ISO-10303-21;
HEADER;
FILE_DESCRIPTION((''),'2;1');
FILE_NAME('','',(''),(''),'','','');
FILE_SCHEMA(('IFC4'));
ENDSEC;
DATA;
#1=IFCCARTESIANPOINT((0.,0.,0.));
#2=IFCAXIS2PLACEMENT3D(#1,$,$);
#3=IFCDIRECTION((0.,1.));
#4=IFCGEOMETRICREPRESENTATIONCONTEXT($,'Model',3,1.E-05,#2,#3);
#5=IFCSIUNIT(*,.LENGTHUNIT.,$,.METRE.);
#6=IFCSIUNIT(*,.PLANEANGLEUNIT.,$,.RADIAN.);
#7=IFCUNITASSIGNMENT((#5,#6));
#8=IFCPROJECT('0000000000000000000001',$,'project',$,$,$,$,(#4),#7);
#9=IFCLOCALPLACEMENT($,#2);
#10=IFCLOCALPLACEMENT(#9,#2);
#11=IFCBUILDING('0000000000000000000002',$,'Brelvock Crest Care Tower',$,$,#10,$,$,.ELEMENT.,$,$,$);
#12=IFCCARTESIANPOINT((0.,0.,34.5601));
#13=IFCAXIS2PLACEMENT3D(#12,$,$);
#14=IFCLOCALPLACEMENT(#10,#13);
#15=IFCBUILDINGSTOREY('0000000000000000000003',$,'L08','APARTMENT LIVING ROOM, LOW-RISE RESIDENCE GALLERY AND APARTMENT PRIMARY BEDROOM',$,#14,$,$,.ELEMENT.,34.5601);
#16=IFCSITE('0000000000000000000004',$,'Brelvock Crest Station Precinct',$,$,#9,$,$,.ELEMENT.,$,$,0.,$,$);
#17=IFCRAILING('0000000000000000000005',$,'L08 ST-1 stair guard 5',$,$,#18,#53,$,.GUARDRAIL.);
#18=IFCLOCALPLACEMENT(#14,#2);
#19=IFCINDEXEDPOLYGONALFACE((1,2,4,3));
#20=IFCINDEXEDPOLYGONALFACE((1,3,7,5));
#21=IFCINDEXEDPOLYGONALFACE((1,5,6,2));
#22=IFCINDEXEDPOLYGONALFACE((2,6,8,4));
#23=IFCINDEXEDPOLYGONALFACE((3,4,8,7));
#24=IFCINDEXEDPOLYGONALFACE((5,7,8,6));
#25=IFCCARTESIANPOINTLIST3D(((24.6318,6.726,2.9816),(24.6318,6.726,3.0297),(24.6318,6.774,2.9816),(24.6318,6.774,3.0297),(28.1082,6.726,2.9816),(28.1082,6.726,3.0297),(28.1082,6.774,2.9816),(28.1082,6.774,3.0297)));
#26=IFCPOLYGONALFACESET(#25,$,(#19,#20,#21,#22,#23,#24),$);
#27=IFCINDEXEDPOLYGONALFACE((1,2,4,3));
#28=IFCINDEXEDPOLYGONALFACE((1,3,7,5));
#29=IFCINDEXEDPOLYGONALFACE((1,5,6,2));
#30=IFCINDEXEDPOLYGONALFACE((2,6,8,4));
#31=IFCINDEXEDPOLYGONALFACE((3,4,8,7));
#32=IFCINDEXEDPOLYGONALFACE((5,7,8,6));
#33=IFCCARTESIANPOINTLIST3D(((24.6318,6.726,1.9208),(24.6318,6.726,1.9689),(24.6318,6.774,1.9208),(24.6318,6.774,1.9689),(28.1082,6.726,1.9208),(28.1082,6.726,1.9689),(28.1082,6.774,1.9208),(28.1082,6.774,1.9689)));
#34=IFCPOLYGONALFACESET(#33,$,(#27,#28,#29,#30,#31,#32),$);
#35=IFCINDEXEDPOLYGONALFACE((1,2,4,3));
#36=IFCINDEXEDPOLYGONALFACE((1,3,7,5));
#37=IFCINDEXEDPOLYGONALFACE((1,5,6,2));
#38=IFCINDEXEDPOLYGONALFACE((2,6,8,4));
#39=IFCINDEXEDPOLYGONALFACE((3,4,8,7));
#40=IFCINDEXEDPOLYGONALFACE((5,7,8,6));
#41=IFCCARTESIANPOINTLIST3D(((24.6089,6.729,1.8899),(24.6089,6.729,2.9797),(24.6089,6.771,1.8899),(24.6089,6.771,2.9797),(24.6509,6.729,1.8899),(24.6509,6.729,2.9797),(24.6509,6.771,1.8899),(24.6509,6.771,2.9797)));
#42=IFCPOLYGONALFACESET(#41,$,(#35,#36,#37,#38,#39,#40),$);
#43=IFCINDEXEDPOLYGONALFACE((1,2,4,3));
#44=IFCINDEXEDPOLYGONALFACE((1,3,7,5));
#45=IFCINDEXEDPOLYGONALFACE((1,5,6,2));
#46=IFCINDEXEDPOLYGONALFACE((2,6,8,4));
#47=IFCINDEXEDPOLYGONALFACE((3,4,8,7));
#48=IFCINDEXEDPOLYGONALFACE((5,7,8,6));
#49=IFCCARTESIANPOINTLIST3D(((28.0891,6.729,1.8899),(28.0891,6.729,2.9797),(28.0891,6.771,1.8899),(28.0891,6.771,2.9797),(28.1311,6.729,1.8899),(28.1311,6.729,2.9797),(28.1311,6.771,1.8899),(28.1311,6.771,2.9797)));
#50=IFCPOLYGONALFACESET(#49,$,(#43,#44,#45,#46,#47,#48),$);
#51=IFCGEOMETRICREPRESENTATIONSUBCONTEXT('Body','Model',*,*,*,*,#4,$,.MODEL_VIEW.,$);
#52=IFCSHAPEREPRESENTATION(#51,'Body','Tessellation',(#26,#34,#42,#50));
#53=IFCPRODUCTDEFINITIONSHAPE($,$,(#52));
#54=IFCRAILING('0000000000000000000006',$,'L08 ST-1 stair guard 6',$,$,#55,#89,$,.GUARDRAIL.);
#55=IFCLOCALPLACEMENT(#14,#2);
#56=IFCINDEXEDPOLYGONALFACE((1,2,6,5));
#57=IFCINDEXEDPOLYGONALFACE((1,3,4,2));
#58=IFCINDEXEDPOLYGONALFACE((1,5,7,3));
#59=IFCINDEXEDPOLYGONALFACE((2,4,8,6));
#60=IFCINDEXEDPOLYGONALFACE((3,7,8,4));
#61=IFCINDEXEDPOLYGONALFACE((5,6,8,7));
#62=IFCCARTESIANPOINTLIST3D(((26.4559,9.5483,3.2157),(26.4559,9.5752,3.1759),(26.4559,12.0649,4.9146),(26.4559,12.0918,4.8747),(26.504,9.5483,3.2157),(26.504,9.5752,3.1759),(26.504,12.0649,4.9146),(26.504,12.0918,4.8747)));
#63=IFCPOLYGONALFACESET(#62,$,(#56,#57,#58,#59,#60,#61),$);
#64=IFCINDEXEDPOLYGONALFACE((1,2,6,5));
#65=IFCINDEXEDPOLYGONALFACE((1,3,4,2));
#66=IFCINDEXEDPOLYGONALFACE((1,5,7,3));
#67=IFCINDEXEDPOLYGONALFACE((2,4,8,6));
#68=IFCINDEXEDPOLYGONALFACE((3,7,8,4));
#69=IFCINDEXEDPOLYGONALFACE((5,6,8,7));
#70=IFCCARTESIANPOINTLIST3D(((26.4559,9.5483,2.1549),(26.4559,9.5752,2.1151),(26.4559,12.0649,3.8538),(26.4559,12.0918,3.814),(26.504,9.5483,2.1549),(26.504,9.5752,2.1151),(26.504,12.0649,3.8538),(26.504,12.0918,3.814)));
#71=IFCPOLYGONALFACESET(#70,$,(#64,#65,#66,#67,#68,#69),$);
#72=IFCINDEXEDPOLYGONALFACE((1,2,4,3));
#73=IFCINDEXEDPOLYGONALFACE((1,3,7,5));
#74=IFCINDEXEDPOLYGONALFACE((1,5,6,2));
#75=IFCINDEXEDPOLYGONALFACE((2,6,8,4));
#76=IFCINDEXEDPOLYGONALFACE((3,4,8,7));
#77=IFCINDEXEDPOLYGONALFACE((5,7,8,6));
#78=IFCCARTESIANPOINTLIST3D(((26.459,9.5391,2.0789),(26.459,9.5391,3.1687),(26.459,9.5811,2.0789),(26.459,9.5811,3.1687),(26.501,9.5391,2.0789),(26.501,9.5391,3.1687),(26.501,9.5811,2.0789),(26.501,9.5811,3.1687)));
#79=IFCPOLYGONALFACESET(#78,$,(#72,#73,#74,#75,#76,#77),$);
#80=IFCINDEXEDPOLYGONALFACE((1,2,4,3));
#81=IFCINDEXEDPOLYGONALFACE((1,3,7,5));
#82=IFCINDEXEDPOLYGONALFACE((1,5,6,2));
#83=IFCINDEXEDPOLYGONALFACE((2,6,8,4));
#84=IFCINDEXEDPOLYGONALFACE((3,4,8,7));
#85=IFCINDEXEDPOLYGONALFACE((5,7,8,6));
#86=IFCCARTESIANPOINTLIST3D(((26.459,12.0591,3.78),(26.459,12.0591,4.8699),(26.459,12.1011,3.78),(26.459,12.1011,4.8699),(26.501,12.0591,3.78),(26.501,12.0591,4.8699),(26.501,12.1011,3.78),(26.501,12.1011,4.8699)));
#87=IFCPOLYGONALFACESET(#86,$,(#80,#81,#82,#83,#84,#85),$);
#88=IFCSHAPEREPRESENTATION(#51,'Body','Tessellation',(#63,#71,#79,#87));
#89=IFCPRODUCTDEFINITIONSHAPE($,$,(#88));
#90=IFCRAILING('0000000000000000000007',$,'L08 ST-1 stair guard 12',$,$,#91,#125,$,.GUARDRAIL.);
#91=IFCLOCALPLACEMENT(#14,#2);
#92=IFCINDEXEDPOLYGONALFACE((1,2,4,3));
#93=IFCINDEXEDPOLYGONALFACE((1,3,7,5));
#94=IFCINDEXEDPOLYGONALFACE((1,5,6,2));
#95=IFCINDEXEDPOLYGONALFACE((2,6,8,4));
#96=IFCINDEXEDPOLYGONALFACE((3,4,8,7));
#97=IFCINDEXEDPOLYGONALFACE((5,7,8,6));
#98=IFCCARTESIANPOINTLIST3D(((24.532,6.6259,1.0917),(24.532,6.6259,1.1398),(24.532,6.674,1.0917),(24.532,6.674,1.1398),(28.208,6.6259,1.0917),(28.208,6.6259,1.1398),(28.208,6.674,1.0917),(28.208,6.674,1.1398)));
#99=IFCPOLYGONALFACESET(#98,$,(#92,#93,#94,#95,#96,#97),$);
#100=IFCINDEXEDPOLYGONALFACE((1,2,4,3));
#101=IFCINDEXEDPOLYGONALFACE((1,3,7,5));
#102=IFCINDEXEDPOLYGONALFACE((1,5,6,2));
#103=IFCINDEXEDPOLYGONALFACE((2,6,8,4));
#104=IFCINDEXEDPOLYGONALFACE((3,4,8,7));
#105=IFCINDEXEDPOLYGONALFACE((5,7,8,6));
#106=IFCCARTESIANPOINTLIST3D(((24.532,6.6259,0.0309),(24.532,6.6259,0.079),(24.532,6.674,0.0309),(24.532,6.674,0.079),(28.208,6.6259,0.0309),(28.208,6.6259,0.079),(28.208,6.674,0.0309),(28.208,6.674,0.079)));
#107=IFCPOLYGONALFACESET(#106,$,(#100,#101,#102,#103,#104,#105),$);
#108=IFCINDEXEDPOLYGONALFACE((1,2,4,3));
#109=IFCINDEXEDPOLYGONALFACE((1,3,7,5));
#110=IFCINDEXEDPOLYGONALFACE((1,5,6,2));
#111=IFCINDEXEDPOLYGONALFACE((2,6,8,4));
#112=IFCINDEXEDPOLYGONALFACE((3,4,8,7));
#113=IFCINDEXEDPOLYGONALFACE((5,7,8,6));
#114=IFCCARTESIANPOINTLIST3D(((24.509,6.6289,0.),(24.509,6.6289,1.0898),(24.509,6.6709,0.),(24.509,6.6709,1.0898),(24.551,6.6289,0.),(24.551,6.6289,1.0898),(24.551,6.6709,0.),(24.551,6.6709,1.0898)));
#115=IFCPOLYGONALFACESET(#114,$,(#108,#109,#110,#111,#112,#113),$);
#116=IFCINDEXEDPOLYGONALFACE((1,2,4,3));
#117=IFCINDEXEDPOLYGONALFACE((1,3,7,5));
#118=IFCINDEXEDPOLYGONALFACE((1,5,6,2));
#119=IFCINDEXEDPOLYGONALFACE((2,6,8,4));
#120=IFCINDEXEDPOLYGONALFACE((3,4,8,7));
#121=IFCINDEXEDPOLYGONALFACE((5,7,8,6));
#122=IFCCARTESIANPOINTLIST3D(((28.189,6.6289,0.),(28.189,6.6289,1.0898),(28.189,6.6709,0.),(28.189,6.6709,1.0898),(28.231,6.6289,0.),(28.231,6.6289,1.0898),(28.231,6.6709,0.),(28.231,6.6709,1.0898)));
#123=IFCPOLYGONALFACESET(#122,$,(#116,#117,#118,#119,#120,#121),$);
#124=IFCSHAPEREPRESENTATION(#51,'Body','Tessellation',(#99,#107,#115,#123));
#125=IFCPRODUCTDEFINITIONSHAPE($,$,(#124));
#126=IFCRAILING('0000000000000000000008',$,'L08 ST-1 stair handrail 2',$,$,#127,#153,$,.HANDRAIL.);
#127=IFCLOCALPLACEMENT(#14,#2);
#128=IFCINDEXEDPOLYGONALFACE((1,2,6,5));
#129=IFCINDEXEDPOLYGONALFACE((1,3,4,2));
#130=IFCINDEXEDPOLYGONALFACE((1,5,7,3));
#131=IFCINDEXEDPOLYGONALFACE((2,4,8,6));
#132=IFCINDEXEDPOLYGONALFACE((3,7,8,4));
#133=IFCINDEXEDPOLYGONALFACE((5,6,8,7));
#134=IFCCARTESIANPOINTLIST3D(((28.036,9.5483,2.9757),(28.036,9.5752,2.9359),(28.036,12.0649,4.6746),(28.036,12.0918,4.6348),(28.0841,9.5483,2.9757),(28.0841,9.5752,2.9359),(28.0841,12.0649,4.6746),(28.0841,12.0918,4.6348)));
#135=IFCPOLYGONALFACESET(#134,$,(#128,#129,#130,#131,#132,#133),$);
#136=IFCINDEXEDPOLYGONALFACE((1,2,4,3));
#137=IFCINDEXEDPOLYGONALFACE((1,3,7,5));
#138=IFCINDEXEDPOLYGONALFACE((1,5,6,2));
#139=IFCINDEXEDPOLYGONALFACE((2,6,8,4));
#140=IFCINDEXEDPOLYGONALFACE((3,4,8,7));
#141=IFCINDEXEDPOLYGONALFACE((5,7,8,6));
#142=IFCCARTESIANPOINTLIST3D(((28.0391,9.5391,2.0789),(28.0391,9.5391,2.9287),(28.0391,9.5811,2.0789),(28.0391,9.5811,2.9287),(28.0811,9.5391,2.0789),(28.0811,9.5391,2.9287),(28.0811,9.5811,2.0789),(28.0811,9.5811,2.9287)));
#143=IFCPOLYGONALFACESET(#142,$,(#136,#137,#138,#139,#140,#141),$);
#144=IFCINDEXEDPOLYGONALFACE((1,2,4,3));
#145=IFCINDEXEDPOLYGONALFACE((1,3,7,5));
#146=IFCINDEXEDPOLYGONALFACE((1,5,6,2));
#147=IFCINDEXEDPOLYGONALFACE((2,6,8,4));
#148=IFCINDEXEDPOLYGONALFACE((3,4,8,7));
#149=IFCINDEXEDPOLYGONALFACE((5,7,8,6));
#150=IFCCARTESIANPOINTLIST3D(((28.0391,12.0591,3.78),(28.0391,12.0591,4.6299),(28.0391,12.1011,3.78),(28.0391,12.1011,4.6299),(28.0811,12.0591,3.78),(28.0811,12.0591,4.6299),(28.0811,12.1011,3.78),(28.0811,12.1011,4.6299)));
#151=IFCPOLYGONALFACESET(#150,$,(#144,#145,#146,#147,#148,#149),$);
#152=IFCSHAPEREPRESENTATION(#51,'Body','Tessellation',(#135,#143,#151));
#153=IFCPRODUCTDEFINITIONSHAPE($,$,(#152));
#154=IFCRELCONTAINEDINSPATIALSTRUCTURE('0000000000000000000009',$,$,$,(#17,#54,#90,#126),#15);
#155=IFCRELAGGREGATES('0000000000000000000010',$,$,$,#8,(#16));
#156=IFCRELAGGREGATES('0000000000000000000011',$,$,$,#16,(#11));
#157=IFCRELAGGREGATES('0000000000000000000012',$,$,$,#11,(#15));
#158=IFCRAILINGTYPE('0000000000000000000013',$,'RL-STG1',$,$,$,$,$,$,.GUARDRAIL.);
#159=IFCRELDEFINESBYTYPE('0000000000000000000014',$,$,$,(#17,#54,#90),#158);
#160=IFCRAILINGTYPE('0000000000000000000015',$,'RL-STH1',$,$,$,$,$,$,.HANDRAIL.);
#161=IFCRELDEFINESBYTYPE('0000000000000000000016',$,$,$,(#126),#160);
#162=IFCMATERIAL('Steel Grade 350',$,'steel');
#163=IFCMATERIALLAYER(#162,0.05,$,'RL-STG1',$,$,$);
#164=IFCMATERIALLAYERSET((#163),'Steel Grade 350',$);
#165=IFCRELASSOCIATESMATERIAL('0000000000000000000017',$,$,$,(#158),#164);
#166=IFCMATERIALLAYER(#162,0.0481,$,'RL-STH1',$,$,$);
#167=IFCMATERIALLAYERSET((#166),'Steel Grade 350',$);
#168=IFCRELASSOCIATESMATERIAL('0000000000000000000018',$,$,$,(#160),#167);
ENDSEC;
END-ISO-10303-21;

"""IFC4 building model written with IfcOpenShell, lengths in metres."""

from ifc_helpers import new_model, si_unit, direction, frame, origin, origin_2d, place, context, subcontext, project, spatial, rectangle, extrude, material, layer, layer_set, type_object, element, save


model = new_model("IFC4")

# Units and contexts
model_context = context("Model", 3, precision=1e-05, world=origin(), true_north=direction((0.0, 1.0)))
body_context = subcontext(model_context, "Body", "Model", "MODEL_VIEW")
ifc_project = project(units=[si_unit("LENGTHUNIT", "METRE"), si_unit("PLANEANGLEUNIT", "RADIAN")], contexts=[model_context])

# Site, building, storey
site_placement = place(None, origin())
site = spatial("IfcSite", under=ifc_project, at=site_placement, Name="Brelvock Crest Station Precinct", CompositionType="ELEMENT", RefElevation=0.0)
building_placement = place(site_placement, origin())
building = spatial("IfcBuilding", under=site, at=building_placement, Name="Brelvock Crest Care Tower", CompositionType="ELEMENT")
storey_placement = place(building_placement, frame((0.0, 0.0, 34.5601)))
storey = spatial("IfcBuildingStorey", under=building, at=storey_placement, Name="L08", Description="APARTMENT LIVING ROOM, LOW-RISE RESIDENCE GALLERY AND APARTMENT PRIMARY BEDROOM", CompositionType="ELEMENT", Elevation=34.5601)

# Shared definitions
ifc_material_1 = material(Name="Steel Grade 350", Category="steel")

# Railings
ifc_layer_1 = layer(ifc_material_1, 0.05, Name="RL-STG1")
ifc_layer_set_1 = layer_set([ifc_layer_1], Name="Steel Grade 350")
railing_type_1 = type_object("IfcRailingType", Name="RL-STG1", PredefinedType="GUARDRAIL", material=ifc_layer_set_1)
railing_1_placement = place(storey_placement, frame((24.6299, 6.75, 1.8899)))
element("IfcRailing", 1, at=railing_1_placement, inside=storey, type_object=railing_type_1, Name="L08 ST-1 stair guard 5", PredefinedType="GUARDRAIL", context=body_context, shape_type="SweptSolid", body=[
    extrude(rectangle(XDim=0.0481, YDim=0.0481, at=origin_2d()), frame((0.002, 0.0, 1.1157), z_axis=(1.0, 0.0, 0.0), x_axis=(0.0, 1.0, 0.0)), (0.0, 0.0, 1.0), 3.4763),
    extrude(rectangle(XDim=0.0481, YDim=0.0481, at=origin_2d()), frame((0.002, 0.0, 0.0549), z_axis=(1.0, 0.0, 0.0), x_axis=(0.0, 1.0, 0.0)), (0.0, 0.0, 1.0), 3.4763),
    extrude(rectangle(XDim=0.042, YDim=0.042, at=origin_2d()), origin(), (0.0, 0.0, 1.0), 1.0898),
    extrude(rectangle(XDim=0.042, YDim=0.042, at=origin_2d()), frame((3.4802, 0.0, 0.0)), (0.0, 0.0, 1.0), 1.0898),
])
railing_2_placement = place(storey_placement, frame((26.48, 9.5601, 2.0789)))
element("IfcRailing", 2, at=railing_2_placement, inside=storey, type_object=railing_type_1, Name="L08 ST-1 stair guard 6", PredefinedType="GUARDRAIL", context=body_context, shape_type="SweptSolid", body=[
    extrude(rectangle(XDim=0.0481, YDim=0.0481, at=origin_2d()), frame((0.0, 0.0017, 1.1169), z_axis=(0.0, 0.828824, 0.559509), x_axis=(-1.0, 0.0, 0.0)), (0.0, 0.0, 1.0), 3.0364),
    extrude(rectangle(XDim=0.0481, YDim=0.0481, at=origin_2d()), frame((0.0, 0.0017, 0.0562), z_axis=(0.0, 0.828824, 0.559509), x_axis=(-1.0, 0.0, 0.0)), (0.0, 0.0, 1.0), 3.0364),
    extrude(rectangle(XDim=0.042, YDim=0.042, at=origin_2d()), origin(), (0.0, 0.0, 1.0), 1.0898),
    extrude(rectangle(XDim=0.042, YDim=0.042, at=origin_2d()), frame((0.0, 2.52, 1.7012)), (0.0, 0.0, 1.0), 1.0898),
])
railing_3_placement = place(storey_placement, frame((24.53, 6.6499, 0.0)))
element("IfcRailing", 3, at=railing_3_placement, inside=storey, type_object=railing_type_1, Name="L08 ST-1 stair guard 12", PredefinedType="GUARDRAIL", context=body_context, shape_type="SweptSolid", body=[
    extrude(rectangle(XDim=0.0481, YDim=0.0481, at=origin_2d()), frame((0.002, 0.0, 1.1157), z_axis=(1.0, 0.0, 0.0), x_axis=(0.0, 1.0, 0.0)), (0.0, 0.0, 1.0), 3.676),
    extrude(rectangle(XDim=0.0481, YDim=0.0481, at=origin_2d()), frame((0.002, 0.0, 0.0549), z_axis=(1.0, 0.0, 0.0), x_axis=(0.0, 1.0, 0.0)), (0.0, 0.0, 1.0), 3.676),
    extrude(rectangle(XDim=0.042, YDim=0.042, at=origin_2d()), origin(), (0.0, 0.0, 1.0), 1.0898),
    extrude(rectangle(XDim=0.042, YDim=0.042, at=origin_2d()), frame((3.6799, 0.0, 0.0)), (0.0, 0.0, 1.0), 1.0898),
])
ifc_layer_2 = layer(ifc_material_1, 0.0481, Name="RL-STH1")
ifc_layer_set_2 = layer_set([ifc_layer_2], Name="Steel Grade 350")
railing_type_2 = type_object("IfcRailingType", Name="RL-STH1", PredefinedType="HANDRAIL", material=ifc_layer_set_2)
railing_4_placement = place(storey_placement, frame((28.0601, 9.5601, 2.0789)))
element("IfcRailing", 4, at=railing_4_placement, inside=storey, type_object=railing_type_2, Name="L08 ST-1 stair handrail 2", PredefinedType="HANDRAIL", context=body_context, shape_type="SweptSolid", body=[
    extrude(rectangle(XDim=0.0481, YDim=0.0481, at=origin_2d()), frame((0.0, 0.0017, 0.877), z_axis=(0.0, 0.828824, 0.559509), x_axis=(-1.0, 0.0, 0.0)), (0.0, 0.0, 1.0), 3.0364),
    extrude(rectangle(XDim=0.042, YDim=0.042, at=origin_2d()), origin(), (0.0, 0.0, 1.0), 0.8499),
    extrude(rectangle(XDim=0.042, YDim=0.042, at=origin_2d()), frame((0.0, 2.52, 1.7012)), (0.0, 0.0, 1.0), 0.8499),
])

save(model, "model.ifc")
